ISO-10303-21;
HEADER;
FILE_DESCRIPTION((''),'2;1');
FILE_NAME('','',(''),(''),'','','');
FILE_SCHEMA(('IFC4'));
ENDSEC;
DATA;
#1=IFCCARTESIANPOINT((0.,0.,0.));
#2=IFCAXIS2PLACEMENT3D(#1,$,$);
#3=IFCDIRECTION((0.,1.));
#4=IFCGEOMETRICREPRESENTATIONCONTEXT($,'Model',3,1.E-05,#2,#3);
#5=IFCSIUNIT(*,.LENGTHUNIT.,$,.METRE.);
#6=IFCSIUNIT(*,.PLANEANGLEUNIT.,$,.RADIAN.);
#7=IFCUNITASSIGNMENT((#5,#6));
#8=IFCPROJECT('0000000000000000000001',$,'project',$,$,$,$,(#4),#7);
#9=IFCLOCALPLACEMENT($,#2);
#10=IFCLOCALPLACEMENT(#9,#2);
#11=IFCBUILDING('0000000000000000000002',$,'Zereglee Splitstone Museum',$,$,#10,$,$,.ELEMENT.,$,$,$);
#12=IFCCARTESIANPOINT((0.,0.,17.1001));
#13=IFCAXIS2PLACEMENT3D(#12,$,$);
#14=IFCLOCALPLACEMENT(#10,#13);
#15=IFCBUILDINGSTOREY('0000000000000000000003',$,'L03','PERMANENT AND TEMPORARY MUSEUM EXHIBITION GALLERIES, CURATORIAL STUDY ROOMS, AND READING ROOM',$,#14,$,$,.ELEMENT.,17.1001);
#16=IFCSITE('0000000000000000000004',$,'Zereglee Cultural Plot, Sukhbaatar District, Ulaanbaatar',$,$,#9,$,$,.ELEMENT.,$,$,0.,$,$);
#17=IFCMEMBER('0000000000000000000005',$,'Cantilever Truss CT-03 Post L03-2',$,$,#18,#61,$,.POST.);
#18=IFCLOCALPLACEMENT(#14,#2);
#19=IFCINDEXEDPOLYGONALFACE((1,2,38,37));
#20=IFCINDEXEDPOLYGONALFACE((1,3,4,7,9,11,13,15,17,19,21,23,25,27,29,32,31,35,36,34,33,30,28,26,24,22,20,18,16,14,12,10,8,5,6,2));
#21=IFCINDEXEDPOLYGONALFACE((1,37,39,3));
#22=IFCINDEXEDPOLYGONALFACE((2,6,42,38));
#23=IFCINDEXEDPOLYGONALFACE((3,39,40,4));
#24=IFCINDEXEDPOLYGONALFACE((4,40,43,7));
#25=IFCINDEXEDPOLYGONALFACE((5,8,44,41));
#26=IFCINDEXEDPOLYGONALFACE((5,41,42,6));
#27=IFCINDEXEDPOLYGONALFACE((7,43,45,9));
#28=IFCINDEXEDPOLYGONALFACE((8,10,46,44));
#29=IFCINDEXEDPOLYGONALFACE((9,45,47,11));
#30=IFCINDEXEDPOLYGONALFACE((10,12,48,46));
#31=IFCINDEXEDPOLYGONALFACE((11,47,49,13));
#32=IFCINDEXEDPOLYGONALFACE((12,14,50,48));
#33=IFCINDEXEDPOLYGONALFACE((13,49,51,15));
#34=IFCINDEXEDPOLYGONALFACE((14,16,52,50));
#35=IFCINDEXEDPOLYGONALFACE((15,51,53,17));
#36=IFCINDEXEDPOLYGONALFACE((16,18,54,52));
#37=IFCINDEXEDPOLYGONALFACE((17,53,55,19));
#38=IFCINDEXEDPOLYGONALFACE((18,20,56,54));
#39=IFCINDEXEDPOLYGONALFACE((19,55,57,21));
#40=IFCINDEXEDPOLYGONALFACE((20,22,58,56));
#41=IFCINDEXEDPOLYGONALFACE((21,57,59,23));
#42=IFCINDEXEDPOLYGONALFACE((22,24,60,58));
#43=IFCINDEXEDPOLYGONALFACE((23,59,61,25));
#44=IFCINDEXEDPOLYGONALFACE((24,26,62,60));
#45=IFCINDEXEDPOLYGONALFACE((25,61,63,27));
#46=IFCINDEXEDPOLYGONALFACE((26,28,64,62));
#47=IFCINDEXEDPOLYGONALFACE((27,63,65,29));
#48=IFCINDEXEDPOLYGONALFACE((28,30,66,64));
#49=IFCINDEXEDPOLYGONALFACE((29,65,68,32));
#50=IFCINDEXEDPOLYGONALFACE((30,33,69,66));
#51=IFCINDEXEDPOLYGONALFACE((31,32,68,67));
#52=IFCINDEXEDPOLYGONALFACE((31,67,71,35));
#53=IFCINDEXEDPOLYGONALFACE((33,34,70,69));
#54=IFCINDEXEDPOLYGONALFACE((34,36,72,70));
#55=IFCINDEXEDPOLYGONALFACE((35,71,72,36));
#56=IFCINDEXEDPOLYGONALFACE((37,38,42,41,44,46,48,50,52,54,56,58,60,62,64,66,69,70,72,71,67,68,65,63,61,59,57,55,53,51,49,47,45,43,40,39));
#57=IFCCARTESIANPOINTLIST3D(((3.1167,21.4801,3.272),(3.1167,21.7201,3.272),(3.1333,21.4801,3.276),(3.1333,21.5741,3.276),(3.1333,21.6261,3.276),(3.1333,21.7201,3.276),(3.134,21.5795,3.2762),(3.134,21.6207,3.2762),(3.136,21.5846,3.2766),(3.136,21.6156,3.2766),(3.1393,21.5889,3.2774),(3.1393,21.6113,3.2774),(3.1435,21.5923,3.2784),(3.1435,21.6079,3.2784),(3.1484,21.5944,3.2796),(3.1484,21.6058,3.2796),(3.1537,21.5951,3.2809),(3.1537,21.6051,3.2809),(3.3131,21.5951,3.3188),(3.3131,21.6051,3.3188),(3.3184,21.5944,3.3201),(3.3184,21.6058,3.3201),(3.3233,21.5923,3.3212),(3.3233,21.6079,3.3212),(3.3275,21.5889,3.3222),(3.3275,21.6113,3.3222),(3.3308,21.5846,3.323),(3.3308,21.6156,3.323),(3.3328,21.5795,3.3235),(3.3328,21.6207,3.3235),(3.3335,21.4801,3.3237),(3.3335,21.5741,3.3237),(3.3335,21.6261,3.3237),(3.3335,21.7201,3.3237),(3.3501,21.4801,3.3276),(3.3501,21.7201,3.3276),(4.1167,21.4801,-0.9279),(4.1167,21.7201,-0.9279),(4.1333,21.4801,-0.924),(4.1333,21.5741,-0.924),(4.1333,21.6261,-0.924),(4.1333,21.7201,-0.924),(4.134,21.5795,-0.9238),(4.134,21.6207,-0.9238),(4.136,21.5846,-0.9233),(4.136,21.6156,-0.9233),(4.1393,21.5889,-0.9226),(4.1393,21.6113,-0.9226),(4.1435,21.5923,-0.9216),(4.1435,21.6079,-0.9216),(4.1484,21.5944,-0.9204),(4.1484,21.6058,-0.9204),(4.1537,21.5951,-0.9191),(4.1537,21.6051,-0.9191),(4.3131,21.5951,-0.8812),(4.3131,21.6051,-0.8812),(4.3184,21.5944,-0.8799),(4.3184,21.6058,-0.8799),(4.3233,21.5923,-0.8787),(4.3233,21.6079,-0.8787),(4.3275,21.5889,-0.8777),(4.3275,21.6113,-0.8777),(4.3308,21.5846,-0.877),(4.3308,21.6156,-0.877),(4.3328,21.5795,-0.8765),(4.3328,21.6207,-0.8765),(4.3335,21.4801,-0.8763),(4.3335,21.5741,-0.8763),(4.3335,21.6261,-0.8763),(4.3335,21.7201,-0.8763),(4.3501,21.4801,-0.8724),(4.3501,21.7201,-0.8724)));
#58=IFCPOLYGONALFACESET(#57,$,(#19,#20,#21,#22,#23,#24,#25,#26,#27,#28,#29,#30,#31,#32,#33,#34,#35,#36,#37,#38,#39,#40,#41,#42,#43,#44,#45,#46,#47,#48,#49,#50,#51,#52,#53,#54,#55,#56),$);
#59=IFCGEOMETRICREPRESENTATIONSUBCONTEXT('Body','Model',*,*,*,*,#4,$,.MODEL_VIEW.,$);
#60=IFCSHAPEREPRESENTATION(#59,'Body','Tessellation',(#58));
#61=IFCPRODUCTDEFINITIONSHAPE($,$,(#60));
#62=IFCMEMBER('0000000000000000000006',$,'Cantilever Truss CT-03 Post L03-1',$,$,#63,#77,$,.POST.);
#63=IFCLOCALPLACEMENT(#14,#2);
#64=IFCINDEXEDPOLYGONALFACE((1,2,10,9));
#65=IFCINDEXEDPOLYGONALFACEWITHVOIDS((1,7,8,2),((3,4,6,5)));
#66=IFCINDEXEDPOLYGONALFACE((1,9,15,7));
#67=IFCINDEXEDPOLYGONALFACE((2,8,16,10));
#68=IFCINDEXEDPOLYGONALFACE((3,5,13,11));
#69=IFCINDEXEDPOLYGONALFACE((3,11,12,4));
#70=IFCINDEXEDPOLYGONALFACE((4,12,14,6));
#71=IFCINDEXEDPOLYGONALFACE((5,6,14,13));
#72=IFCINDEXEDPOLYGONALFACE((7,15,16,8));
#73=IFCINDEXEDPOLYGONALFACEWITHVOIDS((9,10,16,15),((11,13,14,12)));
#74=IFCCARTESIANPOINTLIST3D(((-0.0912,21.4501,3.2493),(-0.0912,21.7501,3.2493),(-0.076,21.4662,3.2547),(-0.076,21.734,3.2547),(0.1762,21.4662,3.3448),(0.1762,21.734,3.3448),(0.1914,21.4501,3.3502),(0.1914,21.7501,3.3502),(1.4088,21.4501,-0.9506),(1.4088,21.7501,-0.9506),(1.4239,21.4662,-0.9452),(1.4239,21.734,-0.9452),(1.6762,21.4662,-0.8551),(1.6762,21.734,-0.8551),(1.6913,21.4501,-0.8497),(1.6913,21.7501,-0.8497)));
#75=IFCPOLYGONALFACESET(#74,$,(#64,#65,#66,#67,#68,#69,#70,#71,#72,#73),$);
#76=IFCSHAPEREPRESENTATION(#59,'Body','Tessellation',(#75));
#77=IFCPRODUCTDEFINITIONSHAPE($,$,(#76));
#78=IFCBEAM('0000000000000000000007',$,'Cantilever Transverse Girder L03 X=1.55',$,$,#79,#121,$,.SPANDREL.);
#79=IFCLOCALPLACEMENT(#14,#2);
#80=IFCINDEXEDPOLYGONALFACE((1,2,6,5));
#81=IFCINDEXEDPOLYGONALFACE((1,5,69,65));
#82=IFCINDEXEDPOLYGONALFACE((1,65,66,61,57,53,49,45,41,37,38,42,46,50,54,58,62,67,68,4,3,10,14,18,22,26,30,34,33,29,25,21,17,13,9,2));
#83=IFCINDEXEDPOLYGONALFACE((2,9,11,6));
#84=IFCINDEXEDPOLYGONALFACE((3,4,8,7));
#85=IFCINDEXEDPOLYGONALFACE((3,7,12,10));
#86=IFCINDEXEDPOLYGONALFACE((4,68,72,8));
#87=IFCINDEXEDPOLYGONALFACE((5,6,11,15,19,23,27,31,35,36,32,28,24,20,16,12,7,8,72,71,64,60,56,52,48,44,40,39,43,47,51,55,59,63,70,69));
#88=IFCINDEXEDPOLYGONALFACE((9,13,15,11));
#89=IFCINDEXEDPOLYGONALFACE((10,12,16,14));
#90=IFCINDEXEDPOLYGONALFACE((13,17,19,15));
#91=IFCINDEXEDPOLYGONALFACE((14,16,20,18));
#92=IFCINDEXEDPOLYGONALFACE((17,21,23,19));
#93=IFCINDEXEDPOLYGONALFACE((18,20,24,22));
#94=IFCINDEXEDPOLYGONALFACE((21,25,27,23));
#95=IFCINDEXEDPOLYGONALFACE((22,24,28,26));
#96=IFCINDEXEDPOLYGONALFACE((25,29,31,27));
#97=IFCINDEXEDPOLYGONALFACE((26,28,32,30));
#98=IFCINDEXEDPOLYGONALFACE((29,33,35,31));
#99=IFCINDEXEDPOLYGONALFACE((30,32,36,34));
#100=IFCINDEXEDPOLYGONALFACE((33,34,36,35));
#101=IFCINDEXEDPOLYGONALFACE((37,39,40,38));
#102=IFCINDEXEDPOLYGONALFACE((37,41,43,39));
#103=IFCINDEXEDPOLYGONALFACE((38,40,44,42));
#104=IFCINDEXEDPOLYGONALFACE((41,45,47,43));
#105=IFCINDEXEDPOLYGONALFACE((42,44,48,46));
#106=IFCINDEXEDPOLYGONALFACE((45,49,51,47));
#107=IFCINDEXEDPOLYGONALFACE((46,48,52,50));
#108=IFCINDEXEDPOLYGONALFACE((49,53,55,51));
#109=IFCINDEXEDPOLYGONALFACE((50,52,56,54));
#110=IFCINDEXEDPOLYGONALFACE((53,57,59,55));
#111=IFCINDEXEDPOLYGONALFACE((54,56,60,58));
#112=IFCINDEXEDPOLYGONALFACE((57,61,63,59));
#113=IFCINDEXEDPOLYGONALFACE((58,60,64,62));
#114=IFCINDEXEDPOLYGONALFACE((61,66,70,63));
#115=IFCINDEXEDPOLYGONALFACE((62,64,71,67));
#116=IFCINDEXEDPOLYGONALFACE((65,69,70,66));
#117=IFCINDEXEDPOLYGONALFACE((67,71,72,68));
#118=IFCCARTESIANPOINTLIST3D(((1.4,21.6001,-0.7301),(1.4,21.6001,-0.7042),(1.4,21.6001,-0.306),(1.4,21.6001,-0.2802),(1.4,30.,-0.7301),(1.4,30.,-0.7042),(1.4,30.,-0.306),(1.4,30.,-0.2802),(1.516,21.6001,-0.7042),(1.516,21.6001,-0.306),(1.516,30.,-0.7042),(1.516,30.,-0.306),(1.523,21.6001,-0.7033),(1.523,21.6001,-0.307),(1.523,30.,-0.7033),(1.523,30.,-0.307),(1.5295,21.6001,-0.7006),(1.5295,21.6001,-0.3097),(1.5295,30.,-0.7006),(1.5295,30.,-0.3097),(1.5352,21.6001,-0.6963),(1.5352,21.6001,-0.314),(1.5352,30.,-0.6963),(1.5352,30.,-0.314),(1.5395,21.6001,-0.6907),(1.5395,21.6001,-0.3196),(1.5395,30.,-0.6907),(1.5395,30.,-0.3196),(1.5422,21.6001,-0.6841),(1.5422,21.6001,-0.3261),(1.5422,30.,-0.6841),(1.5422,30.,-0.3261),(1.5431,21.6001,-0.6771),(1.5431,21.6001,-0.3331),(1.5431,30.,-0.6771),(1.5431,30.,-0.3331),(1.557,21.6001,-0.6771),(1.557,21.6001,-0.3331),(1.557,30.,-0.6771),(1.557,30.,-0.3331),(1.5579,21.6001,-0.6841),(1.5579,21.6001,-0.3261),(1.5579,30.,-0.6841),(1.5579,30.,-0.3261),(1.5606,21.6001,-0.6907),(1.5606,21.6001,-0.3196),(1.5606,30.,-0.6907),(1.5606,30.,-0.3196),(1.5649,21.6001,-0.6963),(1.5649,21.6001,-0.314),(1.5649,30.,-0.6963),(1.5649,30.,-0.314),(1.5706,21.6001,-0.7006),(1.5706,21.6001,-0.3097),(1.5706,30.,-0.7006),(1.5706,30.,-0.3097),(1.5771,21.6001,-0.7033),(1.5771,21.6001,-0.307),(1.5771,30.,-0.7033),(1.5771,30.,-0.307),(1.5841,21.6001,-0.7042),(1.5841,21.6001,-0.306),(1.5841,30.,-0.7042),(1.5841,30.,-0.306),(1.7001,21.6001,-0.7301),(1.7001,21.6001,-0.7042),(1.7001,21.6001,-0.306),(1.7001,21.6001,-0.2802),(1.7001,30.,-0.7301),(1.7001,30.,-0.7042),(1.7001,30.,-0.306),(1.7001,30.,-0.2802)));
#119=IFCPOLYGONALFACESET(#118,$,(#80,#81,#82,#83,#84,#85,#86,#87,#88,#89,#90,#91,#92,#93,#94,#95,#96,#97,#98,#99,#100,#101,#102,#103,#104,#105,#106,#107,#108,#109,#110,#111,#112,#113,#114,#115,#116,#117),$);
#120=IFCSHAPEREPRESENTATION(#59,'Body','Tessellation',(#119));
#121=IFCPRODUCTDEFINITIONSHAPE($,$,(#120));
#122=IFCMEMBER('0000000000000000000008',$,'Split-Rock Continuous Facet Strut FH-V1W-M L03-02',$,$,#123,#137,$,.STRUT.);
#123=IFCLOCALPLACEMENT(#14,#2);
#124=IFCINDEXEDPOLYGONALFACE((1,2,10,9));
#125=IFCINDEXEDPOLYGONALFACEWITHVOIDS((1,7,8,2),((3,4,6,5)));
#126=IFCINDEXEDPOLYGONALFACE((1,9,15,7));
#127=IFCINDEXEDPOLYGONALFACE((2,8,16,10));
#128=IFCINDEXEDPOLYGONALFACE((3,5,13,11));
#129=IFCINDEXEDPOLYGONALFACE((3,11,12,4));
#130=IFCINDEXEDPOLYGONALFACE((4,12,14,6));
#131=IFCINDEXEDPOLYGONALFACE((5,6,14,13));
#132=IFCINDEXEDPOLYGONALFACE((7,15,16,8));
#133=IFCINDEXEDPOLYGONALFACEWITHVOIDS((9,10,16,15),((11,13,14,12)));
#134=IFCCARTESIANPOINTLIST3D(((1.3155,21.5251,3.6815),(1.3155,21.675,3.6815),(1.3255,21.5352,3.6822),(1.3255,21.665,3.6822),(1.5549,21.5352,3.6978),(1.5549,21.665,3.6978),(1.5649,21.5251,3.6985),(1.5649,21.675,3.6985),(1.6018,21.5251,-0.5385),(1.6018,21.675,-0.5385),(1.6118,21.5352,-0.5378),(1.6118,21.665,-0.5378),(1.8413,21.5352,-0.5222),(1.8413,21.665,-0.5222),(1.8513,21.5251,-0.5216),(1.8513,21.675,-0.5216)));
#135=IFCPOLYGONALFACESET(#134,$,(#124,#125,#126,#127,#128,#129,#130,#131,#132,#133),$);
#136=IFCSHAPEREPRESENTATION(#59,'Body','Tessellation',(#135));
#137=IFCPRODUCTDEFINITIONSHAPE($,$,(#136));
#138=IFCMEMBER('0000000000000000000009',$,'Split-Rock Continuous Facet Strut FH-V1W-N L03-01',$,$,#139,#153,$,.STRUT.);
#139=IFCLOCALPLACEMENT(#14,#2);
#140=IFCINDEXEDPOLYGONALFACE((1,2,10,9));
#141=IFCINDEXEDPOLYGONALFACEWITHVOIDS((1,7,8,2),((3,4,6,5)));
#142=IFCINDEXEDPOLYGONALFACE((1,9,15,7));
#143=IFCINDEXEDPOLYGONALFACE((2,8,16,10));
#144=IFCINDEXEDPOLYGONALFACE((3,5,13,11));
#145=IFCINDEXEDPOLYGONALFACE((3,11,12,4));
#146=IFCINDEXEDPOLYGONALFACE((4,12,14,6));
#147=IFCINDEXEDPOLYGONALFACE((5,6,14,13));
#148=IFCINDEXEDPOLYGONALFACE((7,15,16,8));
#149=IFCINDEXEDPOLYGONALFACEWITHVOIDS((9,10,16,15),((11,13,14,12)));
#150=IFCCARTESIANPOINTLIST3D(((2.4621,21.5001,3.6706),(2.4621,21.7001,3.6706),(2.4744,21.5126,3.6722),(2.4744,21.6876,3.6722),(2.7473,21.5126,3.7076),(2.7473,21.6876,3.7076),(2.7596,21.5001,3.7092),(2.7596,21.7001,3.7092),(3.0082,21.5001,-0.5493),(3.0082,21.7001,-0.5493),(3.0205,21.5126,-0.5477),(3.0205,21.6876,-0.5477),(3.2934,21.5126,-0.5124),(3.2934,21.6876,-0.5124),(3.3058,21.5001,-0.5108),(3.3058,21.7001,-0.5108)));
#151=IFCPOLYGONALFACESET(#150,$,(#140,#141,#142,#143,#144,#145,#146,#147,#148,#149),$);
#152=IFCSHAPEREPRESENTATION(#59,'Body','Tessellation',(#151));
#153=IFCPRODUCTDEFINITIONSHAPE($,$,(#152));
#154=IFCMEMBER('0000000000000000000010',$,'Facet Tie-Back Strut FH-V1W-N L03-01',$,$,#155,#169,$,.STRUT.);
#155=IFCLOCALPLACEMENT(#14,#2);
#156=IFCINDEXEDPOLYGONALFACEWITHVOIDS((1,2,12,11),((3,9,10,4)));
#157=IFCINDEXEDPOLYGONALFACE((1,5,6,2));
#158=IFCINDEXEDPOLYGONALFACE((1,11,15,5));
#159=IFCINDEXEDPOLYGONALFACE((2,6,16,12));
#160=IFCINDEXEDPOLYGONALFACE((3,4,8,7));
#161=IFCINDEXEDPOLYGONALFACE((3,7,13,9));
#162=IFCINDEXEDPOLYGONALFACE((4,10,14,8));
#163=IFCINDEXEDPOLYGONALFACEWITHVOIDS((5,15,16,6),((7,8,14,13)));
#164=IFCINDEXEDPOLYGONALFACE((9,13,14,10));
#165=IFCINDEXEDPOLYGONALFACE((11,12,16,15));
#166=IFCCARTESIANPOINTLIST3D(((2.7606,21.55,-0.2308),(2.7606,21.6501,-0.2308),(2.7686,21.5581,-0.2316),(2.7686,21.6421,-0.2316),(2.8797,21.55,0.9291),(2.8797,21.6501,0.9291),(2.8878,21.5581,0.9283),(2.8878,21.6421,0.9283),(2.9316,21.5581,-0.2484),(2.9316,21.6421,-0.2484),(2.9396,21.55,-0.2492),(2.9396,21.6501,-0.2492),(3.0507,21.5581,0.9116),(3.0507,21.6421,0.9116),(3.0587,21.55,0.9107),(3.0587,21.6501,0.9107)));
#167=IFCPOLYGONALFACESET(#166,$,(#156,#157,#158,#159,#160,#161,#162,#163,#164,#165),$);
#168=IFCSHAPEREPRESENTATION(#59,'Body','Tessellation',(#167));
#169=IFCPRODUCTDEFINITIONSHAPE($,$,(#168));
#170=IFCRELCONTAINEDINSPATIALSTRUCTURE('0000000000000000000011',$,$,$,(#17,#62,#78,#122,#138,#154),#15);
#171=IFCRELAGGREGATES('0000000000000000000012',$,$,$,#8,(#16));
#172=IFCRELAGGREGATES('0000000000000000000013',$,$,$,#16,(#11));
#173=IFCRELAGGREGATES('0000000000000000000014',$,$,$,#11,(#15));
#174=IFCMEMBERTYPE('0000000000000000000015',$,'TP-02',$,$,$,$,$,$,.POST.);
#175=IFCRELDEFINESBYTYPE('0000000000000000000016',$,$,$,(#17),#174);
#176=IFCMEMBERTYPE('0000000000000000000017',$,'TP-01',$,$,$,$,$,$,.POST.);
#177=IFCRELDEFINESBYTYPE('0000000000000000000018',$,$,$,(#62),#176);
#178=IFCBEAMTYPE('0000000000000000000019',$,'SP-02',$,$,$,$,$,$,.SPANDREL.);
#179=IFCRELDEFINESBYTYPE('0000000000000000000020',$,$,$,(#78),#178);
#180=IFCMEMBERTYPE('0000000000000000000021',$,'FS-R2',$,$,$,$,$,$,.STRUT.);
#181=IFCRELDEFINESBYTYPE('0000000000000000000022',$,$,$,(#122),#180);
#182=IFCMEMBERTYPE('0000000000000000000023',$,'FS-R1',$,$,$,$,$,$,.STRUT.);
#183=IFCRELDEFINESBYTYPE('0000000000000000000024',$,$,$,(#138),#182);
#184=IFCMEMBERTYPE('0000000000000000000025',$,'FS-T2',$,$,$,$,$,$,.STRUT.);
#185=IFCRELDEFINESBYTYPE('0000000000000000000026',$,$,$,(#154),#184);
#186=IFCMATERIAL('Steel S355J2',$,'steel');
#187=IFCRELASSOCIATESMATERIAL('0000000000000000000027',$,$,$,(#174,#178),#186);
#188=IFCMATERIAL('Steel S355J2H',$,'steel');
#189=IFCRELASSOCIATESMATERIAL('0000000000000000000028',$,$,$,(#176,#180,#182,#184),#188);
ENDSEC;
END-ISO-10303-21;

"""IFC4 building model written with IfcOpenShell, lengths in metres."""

from ifc_helpers import new_model, si_unit, direction, frame, origin, origin_2d, place, context, subcontext, project, spatial, hollow_rectangle, i_section, extrude, material, material_profile, profile_set, type_object, element, save


model = new_model("IFC4")

# Units and contexts
model_context = context("Model", 3, precision=1e-05, world=origin(), true_north=direction((0.0, 1.0)))
body_context = subcontext(model_context, "Body", "Model", "MODEL_VIEW")
ifc_project = project(units=[si_unit("LENGTHUNIT", "METRE"), si_unit("PLANEANGLEUNIT", "RADIAN")], contexts=[model_context])

# Site, building, storey
site_placement = place(None, origin())
site = spatial("IfcSite", under=ifc_project, at=site_placement, Name="Zereglee Cultural Plot, Sukhbaatar District, Ulaanbaatar", CompositionType="ELEMENT", RefElevation=0.0)
building_placement = place(site_placement, origin())
building = spatial("IfcBuilding", under=site, at=building_placement, Name="Zereglee Splitstone Museum", CompositionType="ELEMENT")
storey_placement = place(building_placement, frame((0.0, 0.0, 17.1001)))
storey = spatial("IfcBuildingStorey", under=building, at=storey_placement, Name="L03", Description="PERMANENT AND TEMPORARY MUSEUM EXHIBITION GALLERIES, CURATORIAL STUDY ROOMS, AND READING ROOM", CompositionType="ELEMENT", Elevation=17.1001)

# Shared definitions
ifc_material_1 = material(Name="Steel S355J2H", Category="steel")
ifc_material_2 = material(Name="Steel S355J2", Category="steel")

# Members
ifc_material_profile_1 = material_profile(ifc_material_2, i_section(OverallWidth=0.24, OverallDepth=0.24, WebThickness=0.01, FlangeThickness=0.0171, FilletRadius=0.021, at=origin_2d()), Name="HE 240 B")
ifc_profile_set_1 = profile_set([ifc_material_profile_1], Name="Steel S355J2")
member_type_1 = type_object("IfcMemberType", Name="TP-02", PredefinedType="POST", material=ifc_profile_set_1)
member_1_placement = place(storey_placement, frame((4.2334, 21.6001, -0.9001), z_axis=(-0.231623, 0.0, 0.972806), x_axis=(0.0, -1.0, 0.0)))
element("IfcMember", 1, at=member_1_placement, inside=storey, type_object=member_type_1, Name="Cantilever Truss CT-03 Post L03-2", PredefinedType="POST", context=body_context, shape_type="SweptSolid", body=[
    extrude(i_section(OverallWidth=0.24, OverallDepth=0.24, WebThickness=0.01, FlangeThickness=0.0171, FilletRadius=0.021, at=origin_2d()), origin(), (0.0, 0.0, 1.0), 4.3174),
])
ifc_material_profile_2 = material_profile(ifc_material_1, hollow_rectangle(XDim=0.3, YDim=0.3, WallThickness=0.0161, at=origin_2d()), Name="SHS 300x300x16")
ifc_profile_set_2 = profile_set([ifc_material_profile_2], Name="Steel S355J2H")
member_type_2 = type_object("IfcMemberType", Name="TP-01", PredefinedType="POST", material=ifc_profile_set_2)
member_2_placement = place(storey_placement, frame((1.55, 21.6001, -0.9001), z_axis=(-0.33634, 0.0, 0.941741), x_axis=(0.0, -1.0, 0.0)))
element("IfcMember", 2, at=member_2_placement, inside=storey, type_object=member_type_2, Name="Cantilever Truss CT-03 Post L03-1", PredefinedType="POST", context=body_context, shape_type="SweptSolid", body=[
    extrude(hollow_rectangle(XDim=0.3, YDim=0.3, WallThickness=0.0161, at=origin_2d()), origin(), (0.0, 0.0, 1.0), 4.4597),
])

# Beam
ifc_material_profile_3 = material_profile(ifc_material_2, i_section(OverallWidth=0.3, OverallDepth=0.45, WebThickness=0.0139, FlangeThickness=0.0259, FilletRadius=0.0271, at=origin_2d()), Name="HE 450 B")
ifc_profile_set_3 = profile_set([ifc_material_profile_3], Name="Steel S355J2")
beam_type_1 = type_object("IfcBeamType", Name="SP-02", PredefinedType="SPANDREL", material=ifc_profile_set_3)
beam_1_placement = place(storey_placement, frame((1.55, 21.6001, -0.5051), z_axis=(0.0, 1.0, 0.0), x_axis=(-1.0, 0.0, 0.0)))
element("IfcBeam", 3, at=beam_1_placement, inside=storey, type_object=beam_type_1, Name="Cantilever Transverse Girder L03 X=1.55", PredefinedType="SPANDREL", context=body_context, shape_type="SweptSolid", body=[
    extrude(i_section(OverallWidth=0.3, OverallDepth=0.45, WebThickness=0.0139, FlangeThickness=0.0259, FilletRadius=0.0271, at=origin_2d()), origin(), (0.0, 0.0, 1.0), 8.3999),
])

# Members
ifc_material_profile_4 = material_profile(ifc_material_1, hollow_rectangle(XDim=0.1499, YDim=0.25, WallThickness=0.01, at=origin_2d()), Name="RHS 250x150x10")
ifc_profile_set_4 = profile_set([ifc_material_profile_4], Name="Steel S355J2H")
member_type_3 = type_object("IfcMemberType", Name="FS-R2", PredefinedType="STRUT", material=ifc_profile_set_4)
member_3_placement = place(storey_placement, frame((1.7266, 21.6001, -0.53), z_axis=(-0.067707, 0.0, 0.997705), x_axis=(0.0, -1.0, 0.0)))
element("IfcMember", 4, at=member_3_placement, inside=storey, type_object=member_type_3, Name="Split-Rock Continuous Facet Strut FH-V1W-M L03-02", PredefinedType="STRUT", context=body_context, shape_type="SweptSolid", body=[
    extrude(hollow_rectangle(XDim=0.1499, YDim=0.25, WallThickness=0.01, at=origin_2d()), origin(), (0.0, 0.0, 1.0), 4.2297),
])
ifc_material_profile_5 = material_profile(ifc_material_1, hollow_rectangle(XDim=0.2, YDim=0.3, WallThickness=0.0125, at=origin_2d()), Name="RHS 300x200x12.5")
ifc_profile_set_5 = profile_set([ifc_material_profile_5], Name="Steel S355J2H")
member_type_4 = type_object("IfcMemberType", Name="FS-R1", PredefinedType="STRUT", material=ifc_profile_set_5)
member_4_placement = place(storey_placement, frame((3.157, 21.6001, -0.53), z_axis=(-0.128348, 0.0, 0.991729), x_axis=(0.0, -1.0, 0.0)))
element("IfcMember", 5, at=member_4_placement, inside=storey, type_object=member_type_4, Name="Split-Rock Continuous Facet Strut FH-V1W-N L03-01", PredefinedType="STRUT", context=body_context, shape_type="SweptSolid", body=[
    extrude(hollow_rectangle(XDim=0.2, YDim=0.3, WallThickness=0.0125, at=origin_2d()), origin(), (0.0, 0.0, 1.0), 4.2551),
])
ifc_material_profile_6 = material_profile(ifc_material_1, hollow_rectangle(XDim=0.1001, YDim=0.1799, WallThickness=0.0081, at=origin_2d()), Name="RHS 180x100x8")
ifc_profile_set_6 = profile_set([ifc_material_profile_6], Name="Steel S355J2H")
member_type_5 = type_object("IfcMemberType", Name="FS-T2", PredefinedType="STRUT", material=ifc_profile_set_6)
member_5_placement = place(storey_placement, frame((2.8501, 21.6001, -0.24), z_axis=(0.102178, 0.0, 0.994766), x_axis=(0.0, 1.0, 0.0)))
element("IfcMember", 6, at=member_5_placement, inside=storey, type_object=member_type_5, Name="Facet Tie-Back Strut FH-V1W-N L03-01", PredefinedType="STRUT", context=body_context, shape_type="SweptSolid", body=[
    extrude(hollow_rectangle(XDim=0.1001, YDim=0.1799, WallThickness=0.0081, at=origin_2d()), origin(), (0.0, 0.0, 1.0), 1.166),
])

save(model, "model.ifc")
